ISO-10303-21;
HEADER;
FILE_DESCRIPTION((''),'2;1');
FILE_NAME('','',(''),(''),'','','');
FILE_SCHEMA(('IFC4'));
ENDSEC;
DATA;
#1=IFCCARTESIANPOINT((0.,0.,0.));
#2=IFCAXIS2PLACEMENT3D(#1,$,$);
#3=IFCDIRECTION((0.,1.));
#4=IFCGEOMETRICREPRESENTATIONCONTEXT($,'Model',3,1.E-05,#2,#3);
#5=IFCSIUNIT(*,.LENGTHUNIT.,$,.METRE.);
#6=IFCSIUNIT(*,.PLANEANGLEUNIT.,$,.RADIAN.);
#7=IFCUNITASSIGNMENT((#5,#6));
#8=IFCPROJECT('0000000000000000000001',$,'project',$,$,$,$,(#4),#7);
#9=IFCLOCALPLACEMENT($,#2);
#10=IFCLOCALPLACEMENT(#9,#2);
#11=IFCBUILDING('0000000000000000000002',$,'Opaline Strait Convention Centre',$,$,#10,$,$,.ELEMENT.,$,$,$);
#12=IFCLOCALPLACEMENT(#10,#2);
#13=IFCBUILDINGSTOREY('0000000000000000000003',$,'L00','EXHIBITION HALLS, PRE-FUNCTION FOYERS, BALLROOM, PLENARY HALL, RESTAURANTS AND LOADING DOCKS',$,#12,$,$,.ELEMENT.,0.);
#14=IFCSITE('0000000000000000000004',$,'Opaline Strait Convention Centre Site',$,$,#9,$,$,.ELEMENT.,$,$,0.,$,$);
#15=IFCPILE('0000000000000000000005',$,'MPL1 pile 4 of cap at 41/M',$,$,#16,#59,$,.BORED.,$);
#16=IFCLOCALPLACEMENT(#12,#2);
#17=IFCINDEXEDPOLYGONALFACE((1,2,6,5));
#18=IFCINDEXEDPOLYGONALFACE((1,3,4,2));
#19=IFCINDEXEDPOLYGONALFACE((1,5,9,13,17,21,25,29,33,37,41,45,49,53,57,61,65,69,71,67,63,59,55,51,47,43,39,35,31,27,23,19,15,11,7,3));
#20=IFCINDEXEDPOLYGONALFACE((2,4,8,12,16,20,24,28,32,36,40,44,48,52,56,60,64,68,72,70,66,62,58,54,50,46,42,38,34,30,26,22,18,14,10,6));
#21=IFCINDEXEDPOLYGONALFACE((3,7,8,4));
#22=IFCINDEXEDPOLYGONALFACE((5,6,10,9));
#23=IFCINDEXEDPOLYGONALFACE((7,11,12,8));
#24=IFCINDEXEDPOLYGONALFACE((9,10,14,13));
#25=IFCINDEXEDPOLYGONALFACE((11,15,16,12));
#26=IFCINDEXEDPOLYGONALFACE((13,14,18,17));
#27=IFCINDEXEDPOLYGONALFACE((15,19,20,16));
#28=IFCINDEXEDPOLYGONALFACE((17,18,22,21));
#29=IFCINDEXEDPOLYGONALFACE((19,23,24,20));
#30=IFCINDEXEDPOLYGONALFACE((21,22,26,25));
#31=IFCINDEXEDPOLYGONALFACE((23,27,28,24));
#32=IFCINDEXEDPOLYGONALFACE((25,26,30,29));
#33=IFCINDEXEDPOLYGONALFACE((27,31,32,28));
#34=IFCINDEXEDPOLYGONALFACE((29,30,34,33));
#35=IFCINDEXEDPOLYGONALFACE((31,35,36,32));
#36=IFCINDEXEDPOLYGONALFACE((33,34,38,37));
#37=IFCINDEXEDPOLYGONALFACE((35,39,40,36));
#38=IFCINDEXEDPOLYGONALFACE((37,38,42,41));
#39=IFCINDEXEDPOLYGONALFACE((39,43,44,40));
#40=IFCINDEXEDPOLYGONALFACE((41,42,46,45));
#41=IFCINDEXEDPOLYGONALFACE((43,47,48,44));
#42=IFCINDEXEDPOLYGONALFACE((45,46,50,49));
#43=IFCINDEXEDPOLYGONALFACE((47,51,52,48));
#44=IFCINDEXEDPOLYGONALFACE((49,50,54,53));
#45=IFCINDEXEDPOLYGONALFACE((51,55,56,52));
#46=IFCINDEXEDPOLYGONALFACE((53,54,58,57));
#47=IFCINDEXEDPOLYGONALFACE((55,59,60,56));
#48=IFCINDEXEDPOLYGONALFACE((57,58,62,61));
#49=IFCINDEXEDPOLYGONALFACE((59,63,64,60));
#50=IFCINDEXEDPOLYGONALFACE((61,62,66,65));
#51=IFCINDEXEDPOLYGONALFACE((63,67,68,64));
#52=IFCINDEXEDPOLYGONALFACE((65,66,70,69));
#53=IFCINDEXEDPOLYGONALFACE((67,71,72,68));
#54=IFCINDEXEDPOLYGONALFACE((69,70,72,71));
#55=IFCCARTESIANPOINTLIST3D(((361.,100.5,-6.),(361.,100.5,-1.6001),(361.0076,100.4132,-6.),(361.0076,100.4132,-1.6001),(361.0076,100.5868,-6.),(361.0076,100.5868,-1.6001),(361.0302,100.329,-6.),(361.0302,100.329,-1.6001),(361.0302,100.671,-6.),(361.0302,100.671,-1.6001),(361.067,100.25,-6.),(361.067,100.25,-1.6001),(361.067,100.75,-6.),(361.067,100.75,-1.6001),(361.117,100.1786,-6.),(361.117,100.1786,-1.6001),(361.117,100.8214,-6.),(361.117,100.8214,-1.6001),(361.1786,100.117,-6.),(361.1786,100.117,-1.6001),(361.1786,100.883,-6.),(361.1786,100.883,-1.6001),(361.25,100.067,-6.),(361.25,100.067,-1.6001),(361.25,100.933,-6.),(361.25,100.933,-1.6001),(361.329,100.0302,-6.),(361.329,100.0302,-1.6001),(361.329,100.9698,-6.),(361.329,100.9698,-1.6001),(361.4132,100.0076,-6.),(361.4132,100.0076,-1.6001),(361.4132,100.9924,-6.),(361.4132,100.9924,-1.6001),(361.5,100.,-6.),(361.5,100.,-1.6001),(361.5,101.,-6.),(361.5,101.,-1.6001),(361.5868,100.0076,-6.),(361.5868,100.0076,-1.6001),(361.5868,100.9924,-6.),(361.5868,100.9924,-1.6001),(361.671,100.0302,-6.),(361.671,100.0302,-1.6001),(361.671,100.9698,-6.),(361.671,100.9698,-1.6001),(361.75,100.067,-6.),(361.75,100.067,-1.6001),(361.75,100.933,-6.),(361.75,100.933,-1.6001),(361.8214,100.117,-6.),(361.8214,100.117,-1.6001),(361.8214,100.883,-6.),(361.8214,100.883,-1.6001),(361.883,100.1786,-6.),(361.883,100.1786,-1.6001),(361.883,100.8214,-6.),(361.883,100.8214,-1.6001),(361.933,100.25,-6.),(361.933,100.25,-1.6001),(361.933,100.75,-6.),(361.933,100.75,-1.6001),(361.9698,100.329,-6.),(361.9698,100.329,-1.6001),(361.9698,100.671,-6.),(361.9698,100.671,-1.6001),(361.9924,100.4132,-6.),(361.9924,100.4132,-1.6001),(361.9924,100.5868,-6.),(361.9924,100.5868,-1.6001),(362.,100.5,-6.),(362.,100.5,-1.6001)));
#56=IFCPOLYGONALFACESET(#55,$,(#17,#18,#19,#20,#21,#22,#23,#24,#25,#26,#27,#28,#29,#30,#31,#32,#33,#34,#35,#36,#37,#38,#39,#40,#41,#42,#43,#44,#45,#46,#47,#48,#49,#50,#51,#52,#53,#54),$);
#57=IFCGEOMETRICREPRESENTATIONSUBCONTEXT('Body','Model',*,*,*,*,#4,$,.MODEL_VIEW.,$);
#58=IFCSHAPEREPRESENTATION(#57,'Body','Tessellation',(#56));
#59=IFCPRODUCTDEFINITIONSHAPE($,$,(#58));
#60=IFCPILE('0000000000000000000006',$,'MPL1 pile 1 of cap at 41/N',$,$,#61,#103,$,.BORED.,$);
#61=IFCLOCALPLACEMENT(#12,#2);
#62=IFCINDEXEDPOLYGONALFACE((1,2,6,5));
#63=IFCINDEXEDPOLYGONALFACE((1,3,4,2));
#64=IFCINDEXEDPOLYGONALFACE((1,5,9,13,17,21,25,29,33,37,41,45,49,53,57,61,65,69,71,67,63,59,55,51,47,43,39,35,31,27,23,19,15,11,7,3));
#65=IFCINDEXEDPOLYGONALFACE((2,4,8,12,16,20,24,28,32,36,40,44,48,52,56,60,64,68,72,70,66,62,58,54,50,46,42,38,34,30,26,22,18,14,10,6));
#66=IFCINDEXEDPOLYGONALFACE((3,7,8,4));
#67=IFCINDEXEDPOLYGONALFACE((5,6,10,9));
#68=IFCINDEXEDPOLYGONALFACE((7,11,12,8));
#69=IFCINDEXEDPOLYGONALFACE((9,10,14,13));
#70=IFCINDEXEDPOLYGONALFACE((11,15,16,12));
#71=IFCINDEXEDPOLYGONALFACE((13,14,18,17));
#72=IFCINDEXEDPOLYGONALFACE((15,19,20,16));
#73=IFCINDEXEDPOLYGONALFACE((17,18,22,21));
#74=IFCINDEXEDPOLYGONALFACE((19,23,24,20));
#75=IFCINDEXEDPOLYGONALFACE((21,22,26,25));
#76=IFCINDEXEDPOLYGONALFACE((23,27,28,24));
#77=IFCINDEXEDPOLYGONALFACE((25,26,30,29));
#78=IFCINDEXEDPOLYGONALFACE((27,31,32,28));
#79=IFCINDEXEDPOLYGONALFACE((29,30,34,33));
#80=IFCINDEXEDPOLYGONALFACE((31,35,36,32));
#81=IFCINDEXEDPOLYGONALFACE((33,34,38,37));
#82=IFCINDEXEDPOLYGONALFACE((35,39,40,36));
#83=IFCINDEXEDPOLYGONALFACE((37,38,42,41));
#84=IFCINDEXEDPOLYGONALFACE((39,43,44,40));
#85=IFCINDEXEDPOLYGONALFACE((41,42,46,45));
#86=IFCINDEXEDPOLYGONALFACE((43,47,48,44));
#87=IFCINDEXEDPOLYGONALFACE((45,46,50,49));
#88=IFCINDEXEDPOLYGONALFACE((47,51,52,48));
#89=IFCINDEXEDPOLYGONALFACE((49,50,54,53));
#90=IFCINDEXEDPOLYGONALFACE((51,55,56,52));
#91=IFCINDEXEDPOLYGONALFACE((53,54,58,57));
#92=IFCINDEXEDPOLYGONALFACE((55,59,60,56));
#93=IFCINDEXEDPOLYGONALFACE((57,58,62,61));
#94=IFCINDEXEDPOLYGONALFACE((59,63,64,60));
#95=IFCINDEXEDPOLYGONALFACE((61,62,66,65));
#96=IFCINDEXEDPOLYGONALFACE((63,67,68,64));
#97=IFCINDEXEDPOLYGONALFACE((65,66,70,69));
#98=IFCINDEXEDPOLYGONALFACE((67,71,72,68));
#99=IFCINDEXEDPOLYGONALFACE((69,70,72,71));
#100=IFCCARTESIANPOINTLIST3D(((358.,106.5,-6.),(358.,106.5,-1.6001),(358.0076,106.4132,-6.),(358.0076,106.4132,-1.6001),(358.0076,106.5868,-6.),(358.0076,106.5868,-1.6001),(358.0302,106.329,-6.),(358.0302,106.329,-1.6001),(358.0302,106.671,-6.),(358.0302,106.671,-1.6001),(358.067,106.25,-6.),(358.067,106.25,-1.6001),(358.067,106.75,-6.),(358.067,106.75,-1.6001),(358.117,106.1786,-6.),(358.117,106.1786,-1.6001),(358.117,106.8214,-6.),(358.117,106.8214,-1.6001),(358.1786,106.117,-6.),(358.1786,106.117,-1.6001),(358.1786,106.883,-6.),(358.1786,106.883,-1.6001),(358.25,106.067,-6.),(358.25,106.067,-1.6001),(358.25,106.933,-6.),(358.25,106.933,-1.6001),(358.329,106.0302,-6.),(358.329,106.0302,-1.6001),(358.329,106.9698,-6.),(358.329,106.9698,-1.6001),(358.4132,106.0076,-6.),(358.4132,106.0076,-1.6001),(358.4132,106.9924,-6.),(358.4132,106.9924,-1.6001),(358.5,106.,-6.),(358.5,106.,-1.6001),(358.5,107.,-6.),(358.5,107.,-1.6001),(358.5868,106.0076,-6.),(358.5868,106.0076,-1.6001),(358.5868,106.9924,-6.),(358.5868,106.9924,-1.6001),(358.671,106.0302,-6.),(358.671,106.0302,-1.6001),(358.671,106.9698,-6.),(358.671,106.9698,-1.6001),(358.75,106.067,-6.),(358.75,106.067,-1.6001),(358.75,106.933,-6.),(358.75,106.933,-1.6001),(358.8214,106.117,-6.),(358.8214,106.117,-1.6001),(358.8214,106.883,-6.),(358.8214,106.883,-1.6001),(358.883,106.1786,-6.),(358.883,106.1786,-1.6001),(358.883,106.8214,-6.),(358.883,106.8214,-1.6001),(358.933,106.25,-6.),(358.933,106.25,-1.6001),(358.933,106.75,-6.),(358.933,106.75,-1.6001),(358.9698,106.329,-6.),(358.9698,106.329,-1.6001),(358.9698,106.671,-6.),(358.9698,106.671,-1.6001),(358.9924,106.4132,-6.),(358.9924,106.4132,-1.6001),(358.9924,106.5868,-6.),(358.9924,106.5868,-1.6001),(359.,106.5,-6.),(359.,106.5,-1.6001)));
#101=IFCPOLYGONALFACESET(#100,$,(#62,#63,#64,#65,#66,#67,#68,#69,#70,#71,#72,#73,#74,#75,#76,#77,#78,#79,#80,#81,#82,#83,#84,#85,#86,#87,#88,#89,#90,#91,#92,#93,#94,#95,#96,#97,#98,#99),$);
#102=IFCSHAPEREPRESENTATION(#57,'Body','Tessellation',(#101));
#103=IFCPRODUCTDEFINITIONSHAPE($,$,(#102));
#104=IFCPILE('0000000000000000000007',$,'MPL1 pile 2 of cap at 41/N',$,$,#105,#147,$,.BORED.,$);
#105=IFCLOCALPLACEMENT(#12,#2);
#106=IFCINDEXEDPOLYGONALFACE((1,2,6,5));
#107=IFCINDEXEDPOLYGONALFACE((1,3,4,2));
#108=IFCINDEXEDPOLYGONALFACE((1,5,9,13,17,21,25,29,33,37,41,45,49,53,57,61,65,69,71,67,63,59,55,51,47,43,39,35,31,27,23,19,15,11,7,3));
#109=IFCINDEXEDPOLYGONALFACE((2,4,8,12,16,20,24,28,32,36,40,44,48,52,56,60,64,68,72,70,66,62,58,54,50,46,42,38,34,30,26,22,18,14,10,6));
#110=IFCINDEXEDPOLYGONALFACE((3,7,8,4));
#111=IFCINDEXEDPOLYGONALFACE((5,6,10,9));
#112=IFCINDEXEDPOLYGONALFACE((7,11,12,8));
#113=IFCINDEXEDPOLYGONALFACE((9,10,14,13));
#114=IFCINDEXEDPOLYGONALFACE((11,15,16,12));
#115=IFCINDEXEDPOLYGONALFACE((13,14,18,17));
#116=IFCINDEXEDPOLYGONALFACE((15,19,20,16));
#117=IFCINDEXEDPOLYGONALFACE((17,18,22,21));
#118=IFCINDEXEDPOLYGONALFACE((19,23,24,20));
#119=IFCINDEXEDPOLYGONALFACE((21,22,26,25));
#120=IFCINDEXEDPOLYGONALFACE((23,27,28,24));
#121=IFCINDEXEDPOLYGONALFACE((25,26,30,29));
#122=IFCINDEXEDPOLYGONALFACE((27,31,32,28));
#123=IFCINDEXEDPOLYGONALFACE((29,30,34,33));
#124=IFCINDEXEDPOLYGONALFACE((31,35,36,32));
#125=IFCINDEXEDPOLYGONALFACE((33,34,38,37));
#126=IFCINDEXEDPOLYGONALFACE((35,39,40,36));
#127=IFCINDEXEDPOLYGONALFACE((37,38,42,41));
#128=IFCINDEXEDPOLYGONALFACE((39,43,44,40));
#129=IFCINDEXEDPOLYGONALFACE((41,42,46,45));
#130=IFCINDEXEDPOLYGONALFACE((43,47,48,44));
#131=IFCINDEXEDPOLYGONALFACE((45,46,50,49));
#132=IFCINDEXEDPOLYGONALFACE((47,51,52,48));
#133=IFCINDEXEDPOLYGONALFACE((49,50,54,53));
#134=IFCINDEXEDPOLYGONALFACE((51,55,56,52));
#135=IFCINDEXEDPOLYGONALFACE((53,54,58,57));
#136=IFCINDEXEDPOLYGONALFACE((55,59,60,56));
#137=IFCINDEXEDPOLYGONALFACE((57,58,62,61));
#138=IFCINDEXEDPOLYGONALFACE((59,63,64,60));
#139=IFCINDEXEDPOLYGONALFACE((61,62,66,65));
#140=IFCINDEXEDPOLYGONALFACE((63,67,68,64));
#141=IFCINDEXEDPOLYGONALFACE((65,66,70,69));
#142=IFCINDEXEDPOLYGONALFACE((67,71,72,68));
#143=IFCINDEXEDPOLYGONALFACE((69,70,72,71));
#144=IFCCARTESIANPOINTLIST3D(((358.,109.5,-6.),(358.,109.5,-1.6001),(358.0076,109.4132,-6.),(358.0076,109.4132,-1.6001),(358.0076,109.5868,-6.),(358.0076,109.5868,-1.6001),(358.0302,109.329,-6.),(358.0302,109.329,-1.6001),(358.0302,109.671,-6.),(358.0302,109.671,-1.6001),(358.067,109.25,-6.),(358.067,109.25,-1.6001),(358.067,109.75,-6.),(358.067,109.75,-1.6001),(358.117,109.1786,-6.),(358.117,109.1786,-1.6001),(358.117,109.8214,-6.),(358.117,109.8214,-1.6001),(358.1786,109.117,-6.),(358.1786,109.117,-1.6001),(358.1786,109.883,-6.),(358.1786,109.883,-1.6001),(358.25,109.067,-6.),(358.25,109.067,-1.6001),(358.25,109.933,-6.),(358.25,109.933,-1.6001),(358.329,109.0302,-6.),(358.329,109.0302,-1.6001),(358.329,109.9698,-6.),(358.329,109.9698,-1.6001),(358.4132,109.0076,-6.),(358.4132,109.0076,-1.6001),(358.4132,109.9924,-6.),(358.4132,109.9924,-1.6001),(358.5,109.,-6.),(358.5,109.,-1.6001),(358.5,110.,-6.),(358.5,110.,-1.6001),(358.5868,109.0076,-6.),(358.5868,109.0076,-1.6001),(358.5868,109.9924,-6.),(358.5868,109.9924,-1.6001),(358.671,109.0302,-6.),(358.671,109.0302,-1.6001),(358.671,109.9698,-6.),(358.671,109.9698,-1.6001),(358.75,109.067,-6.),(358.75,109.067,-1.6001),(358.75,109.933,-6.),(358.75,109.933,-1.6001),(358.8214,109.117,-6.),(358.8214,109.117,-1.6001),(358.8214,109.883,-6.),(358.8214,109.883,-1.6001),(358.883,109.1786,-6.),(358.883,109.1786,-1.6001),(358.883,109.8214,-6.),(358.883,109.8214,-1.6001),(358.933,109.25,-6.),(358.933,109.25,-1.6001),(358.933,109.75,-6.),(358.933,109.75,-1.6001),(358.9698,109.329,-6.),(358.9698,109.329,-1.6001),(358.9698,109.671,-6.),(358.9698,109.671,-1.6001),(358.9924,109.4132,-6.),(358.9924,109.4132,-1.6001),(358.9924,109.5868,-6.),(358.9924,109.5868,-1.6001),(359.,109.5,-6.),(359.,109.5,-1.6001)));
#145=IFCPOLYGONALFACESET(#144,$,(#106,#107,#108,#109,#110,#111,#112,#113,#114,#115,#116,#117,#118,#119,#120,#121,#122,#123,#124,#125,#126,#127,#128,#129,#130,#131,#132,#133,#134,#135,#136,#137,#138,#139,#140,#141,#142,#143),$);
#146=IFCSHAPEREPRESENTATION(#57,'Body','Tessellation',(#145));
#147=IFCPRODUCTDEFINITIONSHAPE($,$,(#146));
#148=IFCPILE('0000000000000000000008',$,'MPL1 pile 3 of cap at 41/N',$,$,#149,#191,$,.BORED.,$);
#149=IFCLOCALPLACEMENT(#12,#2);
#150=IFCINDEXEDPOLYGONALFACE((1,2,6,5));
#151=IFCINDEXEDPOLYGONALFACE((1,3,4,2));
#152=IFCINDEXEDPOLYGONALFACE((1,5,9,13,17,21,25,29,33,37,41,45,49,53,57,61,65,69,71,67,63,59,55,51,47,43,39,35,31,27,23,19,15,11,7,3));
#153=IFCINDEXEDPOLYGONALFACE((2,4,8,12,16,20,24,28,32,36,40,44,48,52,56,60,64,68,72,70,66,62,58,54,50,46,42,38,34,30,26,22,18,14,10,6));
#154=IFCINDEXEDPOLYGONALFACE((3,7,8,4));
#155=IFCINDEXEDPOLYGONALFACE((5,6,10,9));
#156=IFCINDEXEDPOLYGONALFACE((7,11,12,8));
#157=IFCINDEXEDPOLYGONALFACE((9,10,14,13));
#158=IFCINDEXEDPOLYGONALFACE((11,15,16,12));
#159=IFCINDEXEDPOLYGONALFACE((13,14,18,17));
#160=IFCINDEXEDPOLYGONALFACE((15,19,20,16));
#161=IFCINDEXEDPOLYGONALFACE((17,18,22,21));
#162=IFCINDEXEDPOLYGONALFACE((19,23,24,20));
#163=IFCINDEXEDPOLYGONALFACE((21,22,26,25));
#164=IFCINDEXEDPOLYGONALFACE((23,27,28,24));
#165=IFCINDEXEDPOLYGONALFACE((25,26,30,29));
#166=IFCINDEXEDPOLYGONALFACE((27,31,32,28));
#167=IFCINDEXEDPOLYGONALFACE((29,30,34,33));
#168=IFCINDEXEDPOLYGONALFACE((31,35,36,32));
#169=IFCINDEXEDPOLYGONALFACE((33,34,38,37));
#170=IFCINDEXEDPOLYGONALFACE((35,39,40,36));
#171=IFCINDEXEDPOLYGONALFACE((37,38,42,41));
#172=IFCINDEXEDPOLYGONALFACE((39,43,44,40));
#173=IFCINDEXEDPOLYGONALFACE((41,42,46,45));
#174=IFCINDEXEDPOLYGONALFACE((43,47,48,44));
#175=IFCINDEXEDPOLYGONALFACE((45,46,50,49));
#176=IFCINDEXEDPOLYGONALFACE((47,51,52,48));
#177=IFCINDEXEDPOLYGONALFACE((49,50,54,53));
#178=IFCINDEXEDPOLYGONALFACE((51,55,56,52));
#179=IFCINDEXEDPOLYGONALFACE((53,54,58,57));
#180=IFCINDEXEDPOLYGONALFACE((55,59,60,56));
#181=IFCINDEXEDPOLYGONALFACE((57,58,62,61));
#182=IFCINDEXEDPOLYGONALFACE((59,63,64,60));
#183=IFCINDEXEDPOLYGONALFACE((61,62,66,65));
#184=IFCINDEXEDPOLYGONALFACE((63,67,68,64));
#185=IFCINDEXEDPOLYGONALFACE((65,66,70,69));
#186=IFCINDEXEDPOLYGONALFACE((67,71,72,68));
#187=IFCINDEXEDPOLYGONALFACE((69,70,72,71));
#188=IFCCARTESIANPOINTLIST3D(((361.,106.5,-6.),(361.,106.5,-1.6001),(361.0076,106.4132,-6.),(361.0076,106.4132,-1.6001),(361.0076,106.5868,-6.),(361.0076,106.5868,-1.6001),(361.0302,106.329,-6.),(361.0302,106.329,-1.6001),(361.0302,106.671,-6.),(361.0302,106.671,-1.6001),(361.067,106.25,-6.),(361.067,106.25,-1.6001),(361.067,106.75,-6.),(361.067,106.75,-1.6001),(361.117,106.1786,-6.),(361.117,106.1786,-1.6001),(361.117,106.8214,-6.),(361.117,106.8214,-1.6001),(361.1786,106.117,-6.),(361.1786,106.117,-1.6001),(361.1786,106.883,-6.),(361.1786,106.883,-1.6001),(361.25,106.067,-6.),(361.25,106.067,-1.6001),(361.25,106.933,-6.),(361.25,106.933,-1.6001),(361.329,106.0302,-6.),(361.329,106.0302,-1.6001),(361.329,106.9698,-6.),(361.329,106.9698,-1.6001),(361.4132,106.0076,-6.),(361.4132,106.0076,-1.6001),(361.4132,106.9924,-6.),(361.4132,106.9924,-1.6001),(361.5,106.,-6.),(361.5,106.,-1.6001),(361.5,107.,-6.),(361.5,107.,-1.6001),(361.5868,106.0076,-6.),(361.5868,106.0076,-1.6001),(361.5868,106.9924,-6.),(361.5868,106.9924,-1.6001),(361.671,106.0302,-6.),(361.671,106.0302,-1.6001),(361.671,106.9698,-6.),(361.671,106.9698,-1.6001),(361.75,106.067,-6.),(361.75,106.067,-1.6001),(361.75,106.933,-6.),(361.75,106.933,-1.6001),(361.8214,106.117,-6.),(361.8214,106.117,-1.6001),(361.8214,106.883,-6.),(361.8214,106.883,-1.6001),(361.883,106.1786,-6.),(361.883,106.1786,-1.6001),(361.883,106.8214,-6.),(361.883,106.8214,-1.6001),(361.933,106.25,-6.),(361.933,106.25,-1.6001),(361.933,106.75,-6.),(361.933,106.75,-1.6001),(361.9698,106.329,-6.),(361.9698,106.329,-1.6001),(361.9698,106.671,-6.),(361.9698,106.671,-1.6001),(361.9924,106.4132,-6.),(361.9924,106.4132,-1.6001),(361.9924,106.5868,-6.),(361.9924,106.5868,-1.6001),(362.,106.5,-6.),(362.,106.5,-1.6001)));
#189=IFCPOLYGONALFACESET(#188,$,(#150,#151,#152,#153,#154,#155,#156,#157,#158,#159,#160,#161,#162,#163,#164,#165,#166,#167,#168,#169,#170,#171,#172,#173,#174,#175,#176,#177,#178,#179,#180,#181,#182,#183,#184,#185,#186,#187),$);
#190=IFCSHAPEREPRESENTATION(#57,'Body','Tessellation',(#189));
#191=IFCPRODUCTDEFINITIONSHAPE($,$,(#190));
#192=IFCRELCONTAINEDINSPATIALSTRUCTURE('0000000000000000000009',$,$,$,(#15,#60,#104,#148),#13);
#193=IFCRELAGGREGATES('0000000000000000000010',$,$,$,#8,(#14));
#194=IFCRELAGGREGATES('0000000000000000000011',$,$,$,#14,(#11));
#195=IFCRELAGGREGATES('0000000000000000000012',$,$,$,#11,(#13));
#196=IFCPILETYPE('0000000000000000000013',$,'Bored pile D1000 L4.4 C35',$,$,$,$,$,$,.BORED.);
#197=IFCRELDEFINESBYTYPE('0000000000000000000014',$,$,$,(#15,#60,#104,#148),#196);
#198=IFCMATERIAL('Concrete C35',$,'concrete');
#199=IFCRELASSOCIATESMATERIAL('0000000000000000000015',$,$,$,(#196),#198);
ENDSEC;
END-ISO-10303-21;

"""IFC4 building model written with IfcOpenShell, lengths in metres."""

from ifc_helpers import new_model, si_unit, direction, frame, origin, origin_2d, place, context, subcontext, project, spatial, circle, extrude, material, material_profile, profile_set, type_object, element, save


model = new_model("IFC4")

# Units and contexts
model_context = context("Model", 3, precision=1e-05, world=origin(), true_north=direction((0.0, 1.0)))
body_context = subcontext(model_context, "Body", "Model", "MODEL_VIEW")
ifc_project = project(units=[si_unit("LENGTHUNIT", "METRE"), si_unit("PLANEANGLEUNIT", "RADIAN")], contexts=[model_context])

# Site, building, storey
site_placement = place(None, origin())
site = spatial("IfcSite", under=ifc_project, at=site_placement, Name="Opaline Strait Convention Centre Site", CompositionType="ELEMENT", RefElevation=0.0)
building_placement = place(site_placement, origin())
building = spatial("IfcBuilding", under=site, at=building_placement, Name="Opaline Strait Convention Centre", CompositionType="ELEMENT")
storey_placement = place(building_placement, origin())
storey = spatial("IfcBuildingStorey", under=building, at=storey_placement, Name="L00", Description="EXHIBITION HALLS, PRE-FUNCTION FOYERS, BALLROOM, PLENARY HALL, RESTAURANTS AND LOADING DOCKS", CompositionType="ELEMENT", Elevation=0.0)

# Piles
ifc_material_1 = material(Name="Concrete C35", Category="concrete")
ifc_material_profile_1 = material_profile(ifc_material_1, circle(Radius=0.5, at=origin_2d()), Name="D1000")
ifc_profile_set_1 = profile_set([ifc_material_profile_1], Name="Concrete C35")
pile_type = type_object("IfcPileType", Name="Bored pile D1000 L4.4 C35", PredefinedType="BORED", material=ifc_profile_set_1)
for number, where, z_axis, x_axis, name in (
    (1, (361.5, 100.5, -1.6001), (0.0, 0.0, -1.0), (1.0, 0.0, 0.0), "MPL1 pile 4 of cap at 41/M"),
    (2, (358.5, 106.5, -1.6001), (0.0, 0.0, -1.0), (1.0, 0.0, 0.0), "MPL1 pile 1 of cap at 41/N"),
    (3, (358.5, 109.5, -1.6001), (0.0, 0.0, -1.0), (1.0, 0.0, 0.0), "MPL1 pile 2 of cap at 41/N"),
    (4, (361.5, 106.5, -1.6001), (0.0, 0.0, -1.0), (1.0, 0.0, 0.0), "MPL1 pile 3 of cap at 41/N"),
):
    element("IfcPile", number, at=place(storey_placement, frame(where, z_axis=z_axis, x_axis=x_axis)), inside=storey, type_object=pile_type, Name=name, PredefinedType="BORED", context=body_context, shape_type="SweptSolid", body=[
        extrude(circle(Radius=0.5, at=origin_2d()), origin(), (0.0, 0.0, 1.0), 4.3999),
    ])

save(model, "model.ifc")
